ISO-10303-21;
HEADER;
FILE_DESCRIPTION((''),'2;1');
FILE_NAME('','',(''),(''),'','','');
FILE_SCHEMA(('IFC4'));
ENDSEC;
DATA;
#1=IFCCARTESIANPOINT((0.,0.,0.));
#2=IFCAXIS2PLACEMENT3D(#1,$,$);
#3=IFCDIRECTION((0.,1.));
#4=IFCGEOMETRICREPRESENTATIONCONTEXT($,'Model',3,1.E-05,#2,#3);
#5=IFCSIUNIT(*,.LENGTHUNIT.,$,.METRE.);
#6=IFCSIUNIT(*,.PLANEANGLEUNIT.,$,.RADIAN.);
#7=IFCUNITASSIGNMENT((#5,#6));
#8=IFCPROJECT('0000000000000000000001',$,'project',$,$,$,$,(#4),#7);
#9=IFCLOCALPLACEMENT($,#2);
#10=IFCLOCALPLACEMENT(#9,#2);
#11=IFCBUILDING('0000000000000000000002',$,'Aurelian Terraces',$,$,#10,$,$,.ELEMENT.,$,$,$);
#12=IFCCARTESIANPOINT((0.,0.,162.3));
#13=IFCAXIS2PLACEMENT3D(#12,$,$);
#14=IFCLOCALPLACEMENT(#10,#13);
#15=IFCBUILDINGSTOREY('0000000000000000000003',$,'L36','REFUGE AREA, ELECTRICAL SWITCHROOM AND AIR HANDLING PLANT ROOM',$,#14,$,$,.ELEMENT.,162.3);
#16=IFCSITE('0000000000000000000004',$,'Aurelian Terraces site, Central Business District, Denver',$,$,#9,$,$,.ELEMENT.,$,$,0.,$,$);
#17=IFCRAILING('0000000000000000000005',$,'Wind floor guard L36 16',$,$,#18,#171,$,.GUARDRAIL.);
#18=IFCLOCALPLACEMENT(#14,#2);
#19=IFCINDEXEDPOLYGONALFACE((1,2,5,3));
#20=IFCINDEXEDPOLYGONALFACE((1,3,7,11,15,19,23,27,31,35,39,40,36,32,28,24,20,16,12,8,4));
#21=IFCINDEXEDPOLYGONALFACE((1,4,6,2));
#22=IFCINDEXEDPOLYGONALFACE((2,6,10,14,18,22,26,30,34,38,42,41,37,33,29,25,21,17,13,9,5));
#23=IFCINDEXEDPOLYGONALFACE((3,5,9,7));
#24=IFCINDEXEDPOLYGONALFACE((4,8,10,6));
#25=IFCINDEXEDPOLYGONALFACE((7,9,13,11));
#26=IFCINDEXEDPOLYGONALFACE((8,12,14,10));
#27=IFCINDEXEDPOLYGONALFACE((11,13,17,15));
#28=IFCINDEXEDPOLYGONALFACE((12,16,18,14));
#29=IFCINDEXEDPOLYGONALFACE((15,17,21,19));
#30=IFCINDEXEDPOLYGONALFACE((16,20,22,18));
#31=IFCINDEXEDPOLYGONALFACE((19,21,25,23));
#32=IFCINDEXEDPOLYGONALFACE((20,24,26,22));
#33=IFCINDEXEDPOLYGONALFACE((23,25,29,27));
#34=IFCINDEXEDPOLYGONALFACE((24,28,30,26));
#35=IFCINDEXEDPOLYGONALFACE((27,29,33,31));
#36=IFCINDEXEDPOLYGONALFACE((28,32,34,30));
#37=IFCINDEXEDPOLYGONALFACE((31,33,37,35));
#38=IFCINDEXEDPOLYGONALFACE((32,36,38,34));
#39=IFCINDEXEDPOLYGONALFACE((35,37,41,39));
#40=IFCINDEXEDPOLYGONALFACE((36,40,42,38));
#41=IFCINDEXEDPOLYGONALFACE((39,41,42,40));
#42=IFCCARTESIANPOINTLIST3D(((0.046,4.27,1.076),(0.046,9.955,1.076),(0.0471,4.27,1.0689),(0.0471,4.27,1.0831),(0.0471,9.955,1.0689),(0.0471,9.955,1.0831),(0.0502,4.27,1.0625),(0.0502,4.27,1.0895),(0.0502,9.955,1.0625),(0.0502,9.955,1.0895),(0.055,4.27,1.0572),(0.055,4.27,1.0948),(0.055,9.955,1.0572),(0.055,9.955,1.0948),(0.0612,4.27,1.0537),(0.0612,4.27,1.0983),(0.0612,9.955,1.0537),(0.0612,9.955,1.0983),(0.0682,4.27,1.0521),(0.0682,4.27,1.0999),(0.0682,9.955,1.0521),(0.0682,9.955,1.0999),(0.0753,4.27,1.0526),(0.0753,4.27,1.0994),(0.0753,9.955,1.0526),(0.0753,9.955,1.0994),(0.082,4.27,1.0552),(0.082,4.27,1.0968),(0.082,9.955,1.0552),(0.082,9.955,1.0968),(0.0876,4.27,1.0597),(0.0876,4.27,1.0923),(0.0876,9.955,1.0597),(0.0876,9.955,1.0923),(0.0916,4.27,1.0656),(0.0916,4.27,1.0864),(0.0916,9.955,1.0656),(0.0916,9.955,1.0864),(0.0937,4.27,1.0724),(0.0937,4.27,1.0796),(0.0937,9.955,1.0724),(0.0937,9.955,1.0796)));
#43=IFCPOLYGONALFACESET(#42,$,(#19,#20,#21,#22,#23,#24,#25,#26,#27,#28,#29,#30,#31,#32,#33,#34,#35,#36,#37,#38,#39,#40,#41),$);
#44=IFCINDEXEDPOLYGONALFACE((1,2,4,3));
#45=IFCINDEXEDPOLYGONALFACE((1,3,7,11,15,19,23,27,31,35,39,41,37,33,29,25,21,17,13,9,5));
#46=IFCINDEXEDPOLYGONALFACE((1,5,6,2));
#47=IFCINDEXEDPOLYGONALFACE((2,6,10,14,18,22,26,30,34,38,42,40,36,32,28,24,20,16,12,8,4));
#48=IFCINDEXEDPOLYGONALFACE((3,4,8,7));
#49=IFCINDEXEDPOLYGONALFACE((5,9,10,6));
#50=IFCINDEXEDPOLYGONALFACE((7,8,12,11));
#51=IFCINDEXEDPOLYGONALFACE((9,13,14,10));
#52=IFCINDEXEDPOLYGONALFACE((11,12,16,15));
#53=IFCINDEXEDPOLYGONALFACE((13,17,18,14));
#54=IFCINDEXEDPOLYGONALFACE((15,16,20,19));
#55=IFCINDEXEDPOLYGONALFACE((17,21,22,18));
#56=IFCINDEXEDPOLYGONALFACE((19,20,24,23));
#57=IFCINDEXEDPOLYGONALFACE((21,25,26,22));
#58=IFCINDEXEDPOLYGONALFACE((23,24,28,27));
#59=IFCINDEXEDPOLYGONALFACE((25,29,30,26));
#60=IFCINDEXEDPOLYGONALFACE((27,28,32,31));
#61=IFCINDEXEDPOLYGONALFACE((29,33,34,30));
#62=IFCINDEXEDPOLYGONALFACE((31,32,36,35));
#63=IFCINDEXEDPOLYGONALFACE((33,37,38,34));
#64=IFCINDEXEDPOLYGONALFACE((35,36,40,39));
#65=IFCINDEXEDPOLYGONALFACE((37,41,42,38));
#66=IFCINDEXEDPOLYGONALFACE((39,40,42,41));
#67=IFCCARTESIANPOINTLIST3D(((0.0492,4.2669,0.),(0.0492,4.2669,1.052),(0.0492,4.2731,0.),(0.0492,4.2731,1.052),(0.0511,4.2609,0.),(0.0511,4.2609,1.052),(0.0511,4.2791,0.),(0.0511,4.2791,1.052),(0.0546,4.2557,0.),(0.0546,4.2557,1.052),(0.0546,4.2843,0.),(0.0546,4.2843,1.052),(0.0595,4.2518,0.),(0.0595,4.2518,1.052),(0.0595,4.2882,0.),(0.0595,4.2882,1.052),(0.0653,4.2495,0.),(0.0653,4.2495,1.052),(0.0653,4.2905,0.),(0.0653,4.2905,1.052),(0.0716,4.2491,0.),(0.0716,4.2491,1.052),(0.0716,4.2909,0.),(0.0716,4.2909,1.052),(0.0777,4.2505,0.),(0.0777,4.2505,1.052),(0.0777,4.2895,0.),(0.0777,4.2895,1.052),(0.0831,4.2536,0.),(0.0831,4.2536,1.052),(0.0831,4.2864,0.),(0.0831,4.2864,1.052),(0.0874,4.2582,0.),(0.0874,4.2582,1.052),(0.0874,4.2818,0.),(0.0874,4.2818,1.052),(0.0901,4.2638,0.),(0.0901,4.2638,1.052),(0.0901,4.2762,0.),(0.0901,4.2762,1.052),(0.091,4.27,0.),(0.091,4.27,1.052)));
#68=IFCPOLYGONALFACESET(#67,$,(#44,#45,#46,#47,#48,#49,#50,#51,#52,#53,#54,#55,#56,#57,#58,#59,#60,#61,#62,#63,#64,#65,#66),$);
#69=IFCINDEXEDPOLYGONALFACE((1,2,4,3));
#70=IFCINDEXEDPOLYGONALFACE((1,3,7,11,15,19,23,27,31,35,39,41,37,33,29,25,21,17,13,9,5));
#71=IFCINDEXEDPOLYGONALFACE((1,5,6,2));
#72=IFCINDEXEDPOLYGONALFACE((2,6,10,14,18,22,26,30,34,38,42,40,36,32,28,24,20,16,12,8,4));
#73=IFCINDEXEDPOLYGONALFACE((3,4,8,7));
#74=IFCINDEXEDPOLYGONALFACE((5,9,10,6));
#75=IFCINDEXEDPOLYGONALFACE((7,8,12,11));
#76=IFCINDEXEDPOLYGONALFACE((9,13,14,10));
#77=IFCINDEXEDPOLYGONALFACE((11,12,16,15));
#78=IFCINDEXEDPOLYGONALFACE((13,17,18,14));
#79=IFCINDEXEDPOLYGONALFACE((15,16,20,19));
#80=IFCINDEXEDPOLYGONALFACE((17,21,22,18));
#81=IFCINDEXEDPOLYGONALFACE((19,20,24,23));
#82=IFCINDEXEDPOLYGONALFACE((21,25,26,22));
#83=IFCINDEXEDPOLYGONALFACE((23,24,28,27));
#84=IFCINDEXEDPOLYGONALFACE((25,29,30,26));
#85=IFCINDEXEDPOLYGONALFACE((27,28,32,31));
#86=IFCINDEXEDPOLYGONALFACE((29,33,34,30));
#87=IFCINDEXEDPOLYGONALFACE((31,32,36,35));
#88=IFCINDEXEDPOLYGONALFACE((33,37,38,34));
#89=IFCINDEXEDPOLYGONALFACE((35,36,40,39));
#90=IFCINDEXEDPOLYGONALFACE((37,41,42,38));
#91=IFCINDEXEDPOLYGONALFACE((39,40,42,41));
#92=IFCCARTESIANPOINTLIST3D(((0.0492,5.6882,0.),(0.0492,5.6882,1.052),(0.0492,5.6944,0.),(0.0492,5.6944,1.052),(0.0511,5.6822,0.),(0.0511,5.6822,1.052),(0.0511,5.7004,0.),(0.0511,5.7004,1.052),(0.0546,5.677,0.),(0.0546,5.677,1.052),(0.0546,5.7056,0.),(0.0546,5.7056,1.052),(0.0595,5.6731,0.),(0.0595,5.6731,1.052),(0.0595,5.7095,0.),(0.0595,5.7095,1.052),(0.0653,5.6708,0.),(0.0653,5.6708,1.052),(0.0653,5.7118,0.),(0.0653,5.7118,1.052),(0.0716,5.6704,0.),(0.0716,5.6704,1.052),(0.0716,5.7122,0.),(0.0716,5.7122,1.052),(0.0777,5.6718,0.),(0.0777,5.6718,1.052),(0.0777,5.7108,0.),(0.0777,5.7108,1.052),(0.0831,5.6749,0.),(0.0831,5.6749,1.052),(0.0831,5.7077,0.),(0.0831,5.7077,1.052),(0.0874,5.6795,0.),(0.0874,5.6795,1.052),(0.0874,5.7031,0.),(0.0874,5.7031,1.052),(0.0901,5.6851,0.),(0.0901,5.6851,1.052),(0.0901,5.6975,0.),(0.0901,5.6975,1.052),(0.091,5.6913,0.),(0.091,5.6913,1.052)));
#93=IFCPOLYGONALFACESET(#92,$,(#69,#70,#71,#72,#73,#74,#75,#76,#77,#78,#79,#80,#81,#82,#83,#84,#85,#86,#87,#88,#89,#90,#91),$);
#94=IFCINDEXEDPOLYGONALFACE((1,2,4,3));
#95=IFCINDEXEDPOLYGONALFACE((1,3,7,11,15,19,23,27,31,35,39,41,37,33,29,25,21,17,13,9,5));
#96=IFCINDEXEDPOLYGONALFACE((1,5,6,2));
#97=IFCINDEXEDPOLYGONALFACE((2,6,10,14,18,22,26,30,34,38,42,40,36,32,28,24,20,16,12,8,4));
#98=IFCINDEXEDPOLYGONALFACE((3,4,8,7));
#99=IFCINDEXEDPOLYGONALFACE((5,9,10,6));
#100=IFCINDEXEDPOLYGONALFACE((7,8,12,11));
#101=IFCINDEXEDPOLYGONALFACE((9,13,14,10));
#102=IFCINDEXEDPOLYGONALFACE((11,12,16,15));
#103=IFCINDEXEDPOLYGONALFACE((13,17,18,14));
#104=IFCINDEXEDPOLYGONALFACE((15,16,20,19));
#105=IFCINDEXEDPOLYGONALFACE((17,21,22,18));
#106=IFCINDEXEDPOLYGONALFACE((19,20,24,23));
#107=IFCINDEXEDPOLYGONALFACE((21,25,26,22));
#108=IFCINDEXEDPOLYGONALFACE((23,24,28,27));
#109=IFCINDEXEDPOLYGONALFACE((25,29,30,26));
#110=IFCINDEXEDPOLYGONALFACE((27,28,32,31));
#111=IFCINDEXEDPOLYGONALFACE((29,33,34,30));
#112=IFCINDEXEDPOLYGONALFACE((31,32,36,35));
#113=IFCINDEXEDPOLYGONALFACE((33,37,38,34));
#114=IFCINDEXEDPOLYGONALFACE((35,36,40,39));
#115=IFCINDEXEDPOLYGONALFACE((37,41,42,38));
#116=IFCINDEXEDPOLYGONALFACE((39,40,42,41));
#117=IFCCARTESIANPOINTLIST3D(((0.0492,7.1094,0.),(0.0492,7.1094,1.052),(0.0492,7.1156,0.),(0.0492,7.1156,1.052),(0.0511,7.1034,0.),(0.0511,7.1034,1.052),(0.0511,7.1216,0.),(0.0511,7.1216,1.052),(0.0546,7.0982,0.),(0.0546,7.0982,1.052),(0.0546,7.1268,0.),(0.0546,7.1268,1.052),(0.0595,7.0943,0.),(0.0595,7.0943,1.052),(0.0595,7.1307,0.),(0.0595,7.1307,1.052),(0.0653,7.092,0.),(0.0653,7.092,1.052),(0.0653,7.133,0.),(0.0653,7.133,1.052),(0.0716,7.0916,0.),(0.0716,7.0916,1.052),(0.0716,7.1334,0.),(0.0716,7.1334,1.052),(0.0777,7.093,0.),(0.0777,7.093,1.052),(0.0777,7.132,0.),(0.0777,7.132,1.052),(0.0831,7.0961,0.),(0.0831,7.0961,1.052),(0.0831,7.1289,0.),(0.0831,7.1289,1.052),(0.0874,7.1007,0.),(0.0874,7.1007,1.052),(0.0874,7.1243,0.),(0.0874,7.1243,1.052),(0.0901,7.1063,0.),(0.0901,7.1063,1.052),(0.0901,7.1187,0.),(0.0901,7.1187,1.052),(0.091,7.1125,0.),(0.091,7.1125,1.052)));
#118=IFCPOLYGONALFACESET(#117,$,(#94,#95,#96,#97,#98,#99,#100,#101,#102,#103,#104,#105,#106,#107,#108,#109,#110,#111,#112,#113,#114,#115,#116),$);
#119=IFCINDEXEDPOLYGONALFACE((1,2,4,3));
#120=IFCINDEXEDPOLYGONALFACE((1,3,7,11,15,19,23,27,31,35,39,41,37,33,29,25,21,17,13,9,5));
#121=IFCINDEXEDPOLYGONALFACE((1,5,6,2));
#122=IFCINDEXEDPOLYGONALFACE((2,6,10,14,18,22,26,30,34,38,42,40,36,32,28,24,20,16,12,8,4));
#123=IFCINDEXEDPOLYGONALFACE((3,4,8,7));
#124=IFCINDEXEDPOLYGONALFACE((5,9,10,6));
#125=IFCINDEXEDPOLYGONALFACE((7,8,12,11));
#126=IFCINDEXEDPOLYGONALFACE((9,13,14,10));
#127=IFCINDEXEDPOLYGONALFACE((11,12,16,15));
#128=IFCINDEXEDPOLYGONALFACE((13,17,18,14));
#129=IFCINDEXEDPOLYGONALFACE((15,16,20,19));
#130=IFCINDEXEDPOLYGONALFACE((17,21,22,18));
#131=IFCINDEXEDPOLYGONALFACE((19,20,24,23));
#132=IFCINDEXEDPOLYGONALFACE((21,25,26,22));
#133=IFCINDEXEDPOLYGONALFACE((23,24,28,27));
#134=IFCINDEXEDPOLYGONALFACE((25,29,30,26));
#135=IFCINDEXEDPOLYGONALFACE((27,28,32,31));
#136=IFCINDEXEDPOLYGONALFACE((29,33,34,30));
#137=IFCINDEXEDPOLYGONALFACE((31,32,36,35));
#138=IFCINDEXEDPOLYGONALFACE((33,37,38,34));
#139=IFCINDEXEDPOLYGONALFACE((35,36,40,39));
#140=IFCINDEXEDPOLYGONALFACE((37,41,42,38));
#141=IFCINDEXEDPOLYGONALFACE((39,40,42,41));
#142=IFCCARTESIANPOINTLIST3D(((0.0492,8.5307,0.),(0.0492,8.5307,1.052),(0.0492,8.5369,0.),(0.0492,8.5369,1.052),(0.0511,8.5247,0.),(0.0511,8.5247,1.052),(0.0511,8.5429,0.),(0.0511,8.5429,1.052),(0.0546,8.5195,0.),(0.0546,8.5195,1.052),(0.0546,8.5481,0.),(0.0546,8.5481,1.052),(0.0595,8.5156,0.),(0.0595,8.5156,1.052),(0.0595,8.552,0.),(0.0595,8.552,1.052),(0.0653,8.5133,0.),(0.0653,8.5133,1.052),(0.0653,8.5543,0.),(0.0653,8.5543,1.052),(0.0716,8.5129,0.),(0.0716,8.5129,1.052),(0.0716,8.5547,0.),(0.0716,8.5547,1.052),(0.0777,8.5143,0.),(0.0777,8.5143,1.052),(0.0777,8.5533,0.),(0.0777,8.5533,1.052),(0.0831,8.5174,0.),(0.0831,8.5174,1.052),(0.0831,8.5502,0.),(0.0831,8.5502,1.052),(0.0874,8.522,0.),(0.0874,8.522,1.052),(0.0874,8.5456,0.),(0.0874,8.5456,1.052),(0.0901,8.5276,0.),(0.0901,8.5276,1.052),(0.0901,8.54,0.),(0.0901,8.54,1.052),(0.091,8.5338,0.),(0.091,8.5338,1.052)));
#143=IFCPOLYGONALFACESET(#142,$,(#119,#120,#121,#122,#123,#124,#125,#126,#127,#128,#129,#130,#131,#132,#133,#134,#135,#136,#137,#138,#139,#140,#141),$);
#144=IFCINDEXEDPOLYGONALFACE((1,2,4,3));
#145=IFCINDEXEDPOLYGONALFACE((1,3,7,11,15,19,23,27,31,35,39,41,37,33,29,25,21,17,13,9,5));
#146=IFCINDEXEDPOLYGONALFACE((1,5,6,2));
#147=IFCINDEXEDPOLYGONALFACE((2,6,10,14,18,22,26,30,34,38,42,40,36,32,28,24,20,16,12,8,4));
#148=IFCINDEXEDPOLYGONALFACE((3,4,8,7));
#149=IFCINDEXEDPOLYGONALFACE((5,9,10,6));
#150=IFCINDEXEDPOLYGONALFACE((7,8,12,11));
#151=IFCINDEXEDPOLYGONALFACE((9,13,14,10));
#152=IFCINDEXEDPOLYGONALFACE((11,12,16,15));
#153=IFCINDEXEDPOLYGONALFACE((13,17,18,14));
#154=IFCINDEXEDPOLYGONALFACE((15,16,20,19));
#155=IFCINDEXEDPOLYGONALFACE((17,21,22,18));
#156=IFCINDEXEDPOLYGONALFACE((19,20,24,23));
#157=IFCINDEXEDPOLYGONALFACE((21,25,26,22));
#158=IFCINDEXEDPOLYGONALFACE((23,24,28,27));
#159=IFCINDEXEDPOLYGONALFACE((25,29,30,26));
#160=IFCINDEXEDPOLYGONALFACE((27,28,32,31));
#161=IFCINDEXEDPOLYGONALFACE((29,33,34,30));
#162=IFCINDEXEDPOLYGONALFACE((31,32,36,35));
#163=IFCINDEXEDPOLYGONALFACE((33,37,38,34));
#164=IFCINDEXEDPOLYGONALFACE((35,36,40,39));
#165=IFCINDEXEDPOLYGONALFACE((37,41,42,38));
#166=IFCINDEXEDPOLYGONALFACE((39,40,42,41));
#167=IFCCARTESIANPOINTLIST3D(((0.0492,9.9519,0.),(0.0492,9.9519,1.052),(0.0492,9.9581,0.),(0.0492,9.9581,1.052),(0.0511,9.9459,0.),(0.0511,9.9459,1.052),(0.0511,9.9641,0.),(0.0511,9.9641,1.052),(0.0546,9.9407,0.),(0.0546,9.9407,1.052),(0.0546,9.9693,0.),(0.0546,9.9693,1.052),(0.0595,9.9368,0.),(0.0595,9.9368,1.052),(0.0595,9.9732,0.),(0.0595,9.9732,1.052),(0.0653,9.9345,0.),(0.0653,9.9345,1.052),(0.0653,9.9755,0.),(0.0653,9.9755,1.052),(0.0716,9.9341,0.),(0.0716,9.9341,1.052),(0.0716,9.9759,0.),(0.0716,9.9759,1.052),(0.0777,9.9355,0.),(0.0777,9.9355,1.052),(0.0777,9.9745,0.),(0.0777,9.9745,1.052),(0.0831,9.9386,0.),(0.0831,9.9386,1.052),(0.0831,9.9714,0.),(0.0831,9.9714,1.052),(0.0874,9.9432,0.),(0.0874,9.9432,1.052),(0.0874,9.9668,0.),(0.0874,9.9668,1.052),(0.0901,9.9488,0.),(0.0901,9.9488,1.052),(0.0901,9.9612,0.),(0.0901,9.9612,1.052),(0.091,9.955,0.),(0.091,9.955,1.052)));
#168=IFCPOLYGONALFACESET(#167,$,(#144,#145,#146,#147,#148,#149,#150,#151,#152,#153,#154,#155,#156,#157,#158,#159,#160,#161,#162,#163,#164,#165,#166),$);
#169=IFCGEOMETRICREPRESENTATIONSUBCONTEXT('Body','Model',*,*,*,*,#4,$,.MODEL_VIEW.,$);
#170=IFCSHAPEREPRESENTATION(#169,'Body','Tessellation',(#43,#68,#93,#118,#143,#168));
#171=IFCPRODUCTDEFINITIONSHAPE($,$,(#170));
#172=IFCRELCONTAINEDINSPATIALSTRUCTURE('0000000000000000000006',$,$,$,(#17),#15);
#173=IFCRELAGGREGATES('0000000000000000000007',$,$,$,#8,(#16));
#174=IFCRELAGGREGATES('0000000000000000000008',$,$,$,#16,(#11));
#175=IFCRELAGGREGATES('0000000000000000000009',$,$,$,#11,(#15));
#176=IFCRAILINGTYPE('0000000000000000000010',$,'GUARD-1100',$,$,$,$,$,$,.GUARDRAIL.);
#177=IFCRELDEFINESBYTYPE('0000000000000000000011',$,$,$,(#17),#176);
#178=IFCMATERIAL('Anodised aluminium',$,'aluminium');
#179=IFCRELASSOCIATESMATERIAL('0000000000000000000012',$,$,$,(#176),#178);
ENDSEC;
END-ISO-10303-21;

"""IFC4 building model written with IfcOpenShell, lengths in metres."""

from ifc_helpers import new_model, si_unit, direction, frame, origin, origin_2d, place, context, subcontext, project, spatial, circle, extrude, material, type_object, element, save


model = new_model("IFC4")

# Units and contexts
model_context = context("Model", 3, precision=1e-05, world=origin(), true_north=direction((0.0, 1.0)))
body_context = subcontext(model_context, "Body", "Model", "MODEL_VIEW")
ifc_project = project(units=[si_unit("LENGTHUNIT", "METRE"), si_unit("PLANEANGLEUNIT", "RADIAN")], contexts=[model_context])

# Site, building, storey
site_placement = place(None, origin())
site = spatial("IfcSite", under=ifc_project, at=site_placement, Name="Aurelian Terraces site, Central Business District, Denver", CompositionType="ELEMENT", RefElevation=0.0)
building_placement = place(site_placement, origin())
building = spatial("IfcBuilding", under=site, at=building_placement, Name="Aurelian Terraces", CompositionType="ELEMENT")
storey_placement = place(building_placement, frame((0.0, 0.0, 162.3)))
storey = spatial("IfcBuildingStorey", under=building, at=storey_placement, Name="L36", Description="REFUGE AREA, ELECTRICAL SWITCHROOM AND AIR HANDLING PLANT ROOM", CompositionType="ELEMENT", Elevation=162.3)

# Railing
ifc_material_1 = material(Name="Anodised aluminium", Category="aluminium")
railing_type_1 = type_object("IfcRailingType", Name="GUARD-1100", PredefinedType="GUARDRAIL", material=ifc_material_1)
railing_1_placement = place(storey_placement, frame((0.07, 4.27, 0.0)))
element("IfcRailing", 1, at=railing_1_placement, inside=storey, type_object=railing_type_1, Name="Wind floor guard L36 16", PredefinedType="GUARDRAIL", context=body_context, shape_type="SweptSolid", body=[
    extrude(circle(Radius=0.024, at=origin_2d()), frame((0.0, 0.0, 1.076), z_axis=(0.0, 1.0, 0.0), x_axis=(-1.0, 0.0, 0.0)), (0.0, 0.0, 1.0), 5.685),
    extrude(circle(Radius=0.021, at=origin_2d()), origin(), (0.0, 0.0, 1.0), 1.052),
    extrude(circle(Radius=0.021, at=origin_2d()), frame((0.0, 1.4213, 0.0)), (0.0, 0.0, 1.0), 1.052),
    extrude(circle(Radius=0.021, at=origin_2d()), frame((0.0, 2.8425, 0.0)), (0.0, 0.0, 1.0), 1.052),
    extrude(circle(Radius=0.021, at=origin_2d()), frame((0.0, 4.2638, 0.0)), (0.0, 0.0, 1.0), 1.052),
    extrude(circle(Radius=0.021, at=origin_2d()), frame((0.0, 5.685, 0.0)), (0.0, 0.0, 1.0), 1.052),
])

save(model, "model.ifc")
